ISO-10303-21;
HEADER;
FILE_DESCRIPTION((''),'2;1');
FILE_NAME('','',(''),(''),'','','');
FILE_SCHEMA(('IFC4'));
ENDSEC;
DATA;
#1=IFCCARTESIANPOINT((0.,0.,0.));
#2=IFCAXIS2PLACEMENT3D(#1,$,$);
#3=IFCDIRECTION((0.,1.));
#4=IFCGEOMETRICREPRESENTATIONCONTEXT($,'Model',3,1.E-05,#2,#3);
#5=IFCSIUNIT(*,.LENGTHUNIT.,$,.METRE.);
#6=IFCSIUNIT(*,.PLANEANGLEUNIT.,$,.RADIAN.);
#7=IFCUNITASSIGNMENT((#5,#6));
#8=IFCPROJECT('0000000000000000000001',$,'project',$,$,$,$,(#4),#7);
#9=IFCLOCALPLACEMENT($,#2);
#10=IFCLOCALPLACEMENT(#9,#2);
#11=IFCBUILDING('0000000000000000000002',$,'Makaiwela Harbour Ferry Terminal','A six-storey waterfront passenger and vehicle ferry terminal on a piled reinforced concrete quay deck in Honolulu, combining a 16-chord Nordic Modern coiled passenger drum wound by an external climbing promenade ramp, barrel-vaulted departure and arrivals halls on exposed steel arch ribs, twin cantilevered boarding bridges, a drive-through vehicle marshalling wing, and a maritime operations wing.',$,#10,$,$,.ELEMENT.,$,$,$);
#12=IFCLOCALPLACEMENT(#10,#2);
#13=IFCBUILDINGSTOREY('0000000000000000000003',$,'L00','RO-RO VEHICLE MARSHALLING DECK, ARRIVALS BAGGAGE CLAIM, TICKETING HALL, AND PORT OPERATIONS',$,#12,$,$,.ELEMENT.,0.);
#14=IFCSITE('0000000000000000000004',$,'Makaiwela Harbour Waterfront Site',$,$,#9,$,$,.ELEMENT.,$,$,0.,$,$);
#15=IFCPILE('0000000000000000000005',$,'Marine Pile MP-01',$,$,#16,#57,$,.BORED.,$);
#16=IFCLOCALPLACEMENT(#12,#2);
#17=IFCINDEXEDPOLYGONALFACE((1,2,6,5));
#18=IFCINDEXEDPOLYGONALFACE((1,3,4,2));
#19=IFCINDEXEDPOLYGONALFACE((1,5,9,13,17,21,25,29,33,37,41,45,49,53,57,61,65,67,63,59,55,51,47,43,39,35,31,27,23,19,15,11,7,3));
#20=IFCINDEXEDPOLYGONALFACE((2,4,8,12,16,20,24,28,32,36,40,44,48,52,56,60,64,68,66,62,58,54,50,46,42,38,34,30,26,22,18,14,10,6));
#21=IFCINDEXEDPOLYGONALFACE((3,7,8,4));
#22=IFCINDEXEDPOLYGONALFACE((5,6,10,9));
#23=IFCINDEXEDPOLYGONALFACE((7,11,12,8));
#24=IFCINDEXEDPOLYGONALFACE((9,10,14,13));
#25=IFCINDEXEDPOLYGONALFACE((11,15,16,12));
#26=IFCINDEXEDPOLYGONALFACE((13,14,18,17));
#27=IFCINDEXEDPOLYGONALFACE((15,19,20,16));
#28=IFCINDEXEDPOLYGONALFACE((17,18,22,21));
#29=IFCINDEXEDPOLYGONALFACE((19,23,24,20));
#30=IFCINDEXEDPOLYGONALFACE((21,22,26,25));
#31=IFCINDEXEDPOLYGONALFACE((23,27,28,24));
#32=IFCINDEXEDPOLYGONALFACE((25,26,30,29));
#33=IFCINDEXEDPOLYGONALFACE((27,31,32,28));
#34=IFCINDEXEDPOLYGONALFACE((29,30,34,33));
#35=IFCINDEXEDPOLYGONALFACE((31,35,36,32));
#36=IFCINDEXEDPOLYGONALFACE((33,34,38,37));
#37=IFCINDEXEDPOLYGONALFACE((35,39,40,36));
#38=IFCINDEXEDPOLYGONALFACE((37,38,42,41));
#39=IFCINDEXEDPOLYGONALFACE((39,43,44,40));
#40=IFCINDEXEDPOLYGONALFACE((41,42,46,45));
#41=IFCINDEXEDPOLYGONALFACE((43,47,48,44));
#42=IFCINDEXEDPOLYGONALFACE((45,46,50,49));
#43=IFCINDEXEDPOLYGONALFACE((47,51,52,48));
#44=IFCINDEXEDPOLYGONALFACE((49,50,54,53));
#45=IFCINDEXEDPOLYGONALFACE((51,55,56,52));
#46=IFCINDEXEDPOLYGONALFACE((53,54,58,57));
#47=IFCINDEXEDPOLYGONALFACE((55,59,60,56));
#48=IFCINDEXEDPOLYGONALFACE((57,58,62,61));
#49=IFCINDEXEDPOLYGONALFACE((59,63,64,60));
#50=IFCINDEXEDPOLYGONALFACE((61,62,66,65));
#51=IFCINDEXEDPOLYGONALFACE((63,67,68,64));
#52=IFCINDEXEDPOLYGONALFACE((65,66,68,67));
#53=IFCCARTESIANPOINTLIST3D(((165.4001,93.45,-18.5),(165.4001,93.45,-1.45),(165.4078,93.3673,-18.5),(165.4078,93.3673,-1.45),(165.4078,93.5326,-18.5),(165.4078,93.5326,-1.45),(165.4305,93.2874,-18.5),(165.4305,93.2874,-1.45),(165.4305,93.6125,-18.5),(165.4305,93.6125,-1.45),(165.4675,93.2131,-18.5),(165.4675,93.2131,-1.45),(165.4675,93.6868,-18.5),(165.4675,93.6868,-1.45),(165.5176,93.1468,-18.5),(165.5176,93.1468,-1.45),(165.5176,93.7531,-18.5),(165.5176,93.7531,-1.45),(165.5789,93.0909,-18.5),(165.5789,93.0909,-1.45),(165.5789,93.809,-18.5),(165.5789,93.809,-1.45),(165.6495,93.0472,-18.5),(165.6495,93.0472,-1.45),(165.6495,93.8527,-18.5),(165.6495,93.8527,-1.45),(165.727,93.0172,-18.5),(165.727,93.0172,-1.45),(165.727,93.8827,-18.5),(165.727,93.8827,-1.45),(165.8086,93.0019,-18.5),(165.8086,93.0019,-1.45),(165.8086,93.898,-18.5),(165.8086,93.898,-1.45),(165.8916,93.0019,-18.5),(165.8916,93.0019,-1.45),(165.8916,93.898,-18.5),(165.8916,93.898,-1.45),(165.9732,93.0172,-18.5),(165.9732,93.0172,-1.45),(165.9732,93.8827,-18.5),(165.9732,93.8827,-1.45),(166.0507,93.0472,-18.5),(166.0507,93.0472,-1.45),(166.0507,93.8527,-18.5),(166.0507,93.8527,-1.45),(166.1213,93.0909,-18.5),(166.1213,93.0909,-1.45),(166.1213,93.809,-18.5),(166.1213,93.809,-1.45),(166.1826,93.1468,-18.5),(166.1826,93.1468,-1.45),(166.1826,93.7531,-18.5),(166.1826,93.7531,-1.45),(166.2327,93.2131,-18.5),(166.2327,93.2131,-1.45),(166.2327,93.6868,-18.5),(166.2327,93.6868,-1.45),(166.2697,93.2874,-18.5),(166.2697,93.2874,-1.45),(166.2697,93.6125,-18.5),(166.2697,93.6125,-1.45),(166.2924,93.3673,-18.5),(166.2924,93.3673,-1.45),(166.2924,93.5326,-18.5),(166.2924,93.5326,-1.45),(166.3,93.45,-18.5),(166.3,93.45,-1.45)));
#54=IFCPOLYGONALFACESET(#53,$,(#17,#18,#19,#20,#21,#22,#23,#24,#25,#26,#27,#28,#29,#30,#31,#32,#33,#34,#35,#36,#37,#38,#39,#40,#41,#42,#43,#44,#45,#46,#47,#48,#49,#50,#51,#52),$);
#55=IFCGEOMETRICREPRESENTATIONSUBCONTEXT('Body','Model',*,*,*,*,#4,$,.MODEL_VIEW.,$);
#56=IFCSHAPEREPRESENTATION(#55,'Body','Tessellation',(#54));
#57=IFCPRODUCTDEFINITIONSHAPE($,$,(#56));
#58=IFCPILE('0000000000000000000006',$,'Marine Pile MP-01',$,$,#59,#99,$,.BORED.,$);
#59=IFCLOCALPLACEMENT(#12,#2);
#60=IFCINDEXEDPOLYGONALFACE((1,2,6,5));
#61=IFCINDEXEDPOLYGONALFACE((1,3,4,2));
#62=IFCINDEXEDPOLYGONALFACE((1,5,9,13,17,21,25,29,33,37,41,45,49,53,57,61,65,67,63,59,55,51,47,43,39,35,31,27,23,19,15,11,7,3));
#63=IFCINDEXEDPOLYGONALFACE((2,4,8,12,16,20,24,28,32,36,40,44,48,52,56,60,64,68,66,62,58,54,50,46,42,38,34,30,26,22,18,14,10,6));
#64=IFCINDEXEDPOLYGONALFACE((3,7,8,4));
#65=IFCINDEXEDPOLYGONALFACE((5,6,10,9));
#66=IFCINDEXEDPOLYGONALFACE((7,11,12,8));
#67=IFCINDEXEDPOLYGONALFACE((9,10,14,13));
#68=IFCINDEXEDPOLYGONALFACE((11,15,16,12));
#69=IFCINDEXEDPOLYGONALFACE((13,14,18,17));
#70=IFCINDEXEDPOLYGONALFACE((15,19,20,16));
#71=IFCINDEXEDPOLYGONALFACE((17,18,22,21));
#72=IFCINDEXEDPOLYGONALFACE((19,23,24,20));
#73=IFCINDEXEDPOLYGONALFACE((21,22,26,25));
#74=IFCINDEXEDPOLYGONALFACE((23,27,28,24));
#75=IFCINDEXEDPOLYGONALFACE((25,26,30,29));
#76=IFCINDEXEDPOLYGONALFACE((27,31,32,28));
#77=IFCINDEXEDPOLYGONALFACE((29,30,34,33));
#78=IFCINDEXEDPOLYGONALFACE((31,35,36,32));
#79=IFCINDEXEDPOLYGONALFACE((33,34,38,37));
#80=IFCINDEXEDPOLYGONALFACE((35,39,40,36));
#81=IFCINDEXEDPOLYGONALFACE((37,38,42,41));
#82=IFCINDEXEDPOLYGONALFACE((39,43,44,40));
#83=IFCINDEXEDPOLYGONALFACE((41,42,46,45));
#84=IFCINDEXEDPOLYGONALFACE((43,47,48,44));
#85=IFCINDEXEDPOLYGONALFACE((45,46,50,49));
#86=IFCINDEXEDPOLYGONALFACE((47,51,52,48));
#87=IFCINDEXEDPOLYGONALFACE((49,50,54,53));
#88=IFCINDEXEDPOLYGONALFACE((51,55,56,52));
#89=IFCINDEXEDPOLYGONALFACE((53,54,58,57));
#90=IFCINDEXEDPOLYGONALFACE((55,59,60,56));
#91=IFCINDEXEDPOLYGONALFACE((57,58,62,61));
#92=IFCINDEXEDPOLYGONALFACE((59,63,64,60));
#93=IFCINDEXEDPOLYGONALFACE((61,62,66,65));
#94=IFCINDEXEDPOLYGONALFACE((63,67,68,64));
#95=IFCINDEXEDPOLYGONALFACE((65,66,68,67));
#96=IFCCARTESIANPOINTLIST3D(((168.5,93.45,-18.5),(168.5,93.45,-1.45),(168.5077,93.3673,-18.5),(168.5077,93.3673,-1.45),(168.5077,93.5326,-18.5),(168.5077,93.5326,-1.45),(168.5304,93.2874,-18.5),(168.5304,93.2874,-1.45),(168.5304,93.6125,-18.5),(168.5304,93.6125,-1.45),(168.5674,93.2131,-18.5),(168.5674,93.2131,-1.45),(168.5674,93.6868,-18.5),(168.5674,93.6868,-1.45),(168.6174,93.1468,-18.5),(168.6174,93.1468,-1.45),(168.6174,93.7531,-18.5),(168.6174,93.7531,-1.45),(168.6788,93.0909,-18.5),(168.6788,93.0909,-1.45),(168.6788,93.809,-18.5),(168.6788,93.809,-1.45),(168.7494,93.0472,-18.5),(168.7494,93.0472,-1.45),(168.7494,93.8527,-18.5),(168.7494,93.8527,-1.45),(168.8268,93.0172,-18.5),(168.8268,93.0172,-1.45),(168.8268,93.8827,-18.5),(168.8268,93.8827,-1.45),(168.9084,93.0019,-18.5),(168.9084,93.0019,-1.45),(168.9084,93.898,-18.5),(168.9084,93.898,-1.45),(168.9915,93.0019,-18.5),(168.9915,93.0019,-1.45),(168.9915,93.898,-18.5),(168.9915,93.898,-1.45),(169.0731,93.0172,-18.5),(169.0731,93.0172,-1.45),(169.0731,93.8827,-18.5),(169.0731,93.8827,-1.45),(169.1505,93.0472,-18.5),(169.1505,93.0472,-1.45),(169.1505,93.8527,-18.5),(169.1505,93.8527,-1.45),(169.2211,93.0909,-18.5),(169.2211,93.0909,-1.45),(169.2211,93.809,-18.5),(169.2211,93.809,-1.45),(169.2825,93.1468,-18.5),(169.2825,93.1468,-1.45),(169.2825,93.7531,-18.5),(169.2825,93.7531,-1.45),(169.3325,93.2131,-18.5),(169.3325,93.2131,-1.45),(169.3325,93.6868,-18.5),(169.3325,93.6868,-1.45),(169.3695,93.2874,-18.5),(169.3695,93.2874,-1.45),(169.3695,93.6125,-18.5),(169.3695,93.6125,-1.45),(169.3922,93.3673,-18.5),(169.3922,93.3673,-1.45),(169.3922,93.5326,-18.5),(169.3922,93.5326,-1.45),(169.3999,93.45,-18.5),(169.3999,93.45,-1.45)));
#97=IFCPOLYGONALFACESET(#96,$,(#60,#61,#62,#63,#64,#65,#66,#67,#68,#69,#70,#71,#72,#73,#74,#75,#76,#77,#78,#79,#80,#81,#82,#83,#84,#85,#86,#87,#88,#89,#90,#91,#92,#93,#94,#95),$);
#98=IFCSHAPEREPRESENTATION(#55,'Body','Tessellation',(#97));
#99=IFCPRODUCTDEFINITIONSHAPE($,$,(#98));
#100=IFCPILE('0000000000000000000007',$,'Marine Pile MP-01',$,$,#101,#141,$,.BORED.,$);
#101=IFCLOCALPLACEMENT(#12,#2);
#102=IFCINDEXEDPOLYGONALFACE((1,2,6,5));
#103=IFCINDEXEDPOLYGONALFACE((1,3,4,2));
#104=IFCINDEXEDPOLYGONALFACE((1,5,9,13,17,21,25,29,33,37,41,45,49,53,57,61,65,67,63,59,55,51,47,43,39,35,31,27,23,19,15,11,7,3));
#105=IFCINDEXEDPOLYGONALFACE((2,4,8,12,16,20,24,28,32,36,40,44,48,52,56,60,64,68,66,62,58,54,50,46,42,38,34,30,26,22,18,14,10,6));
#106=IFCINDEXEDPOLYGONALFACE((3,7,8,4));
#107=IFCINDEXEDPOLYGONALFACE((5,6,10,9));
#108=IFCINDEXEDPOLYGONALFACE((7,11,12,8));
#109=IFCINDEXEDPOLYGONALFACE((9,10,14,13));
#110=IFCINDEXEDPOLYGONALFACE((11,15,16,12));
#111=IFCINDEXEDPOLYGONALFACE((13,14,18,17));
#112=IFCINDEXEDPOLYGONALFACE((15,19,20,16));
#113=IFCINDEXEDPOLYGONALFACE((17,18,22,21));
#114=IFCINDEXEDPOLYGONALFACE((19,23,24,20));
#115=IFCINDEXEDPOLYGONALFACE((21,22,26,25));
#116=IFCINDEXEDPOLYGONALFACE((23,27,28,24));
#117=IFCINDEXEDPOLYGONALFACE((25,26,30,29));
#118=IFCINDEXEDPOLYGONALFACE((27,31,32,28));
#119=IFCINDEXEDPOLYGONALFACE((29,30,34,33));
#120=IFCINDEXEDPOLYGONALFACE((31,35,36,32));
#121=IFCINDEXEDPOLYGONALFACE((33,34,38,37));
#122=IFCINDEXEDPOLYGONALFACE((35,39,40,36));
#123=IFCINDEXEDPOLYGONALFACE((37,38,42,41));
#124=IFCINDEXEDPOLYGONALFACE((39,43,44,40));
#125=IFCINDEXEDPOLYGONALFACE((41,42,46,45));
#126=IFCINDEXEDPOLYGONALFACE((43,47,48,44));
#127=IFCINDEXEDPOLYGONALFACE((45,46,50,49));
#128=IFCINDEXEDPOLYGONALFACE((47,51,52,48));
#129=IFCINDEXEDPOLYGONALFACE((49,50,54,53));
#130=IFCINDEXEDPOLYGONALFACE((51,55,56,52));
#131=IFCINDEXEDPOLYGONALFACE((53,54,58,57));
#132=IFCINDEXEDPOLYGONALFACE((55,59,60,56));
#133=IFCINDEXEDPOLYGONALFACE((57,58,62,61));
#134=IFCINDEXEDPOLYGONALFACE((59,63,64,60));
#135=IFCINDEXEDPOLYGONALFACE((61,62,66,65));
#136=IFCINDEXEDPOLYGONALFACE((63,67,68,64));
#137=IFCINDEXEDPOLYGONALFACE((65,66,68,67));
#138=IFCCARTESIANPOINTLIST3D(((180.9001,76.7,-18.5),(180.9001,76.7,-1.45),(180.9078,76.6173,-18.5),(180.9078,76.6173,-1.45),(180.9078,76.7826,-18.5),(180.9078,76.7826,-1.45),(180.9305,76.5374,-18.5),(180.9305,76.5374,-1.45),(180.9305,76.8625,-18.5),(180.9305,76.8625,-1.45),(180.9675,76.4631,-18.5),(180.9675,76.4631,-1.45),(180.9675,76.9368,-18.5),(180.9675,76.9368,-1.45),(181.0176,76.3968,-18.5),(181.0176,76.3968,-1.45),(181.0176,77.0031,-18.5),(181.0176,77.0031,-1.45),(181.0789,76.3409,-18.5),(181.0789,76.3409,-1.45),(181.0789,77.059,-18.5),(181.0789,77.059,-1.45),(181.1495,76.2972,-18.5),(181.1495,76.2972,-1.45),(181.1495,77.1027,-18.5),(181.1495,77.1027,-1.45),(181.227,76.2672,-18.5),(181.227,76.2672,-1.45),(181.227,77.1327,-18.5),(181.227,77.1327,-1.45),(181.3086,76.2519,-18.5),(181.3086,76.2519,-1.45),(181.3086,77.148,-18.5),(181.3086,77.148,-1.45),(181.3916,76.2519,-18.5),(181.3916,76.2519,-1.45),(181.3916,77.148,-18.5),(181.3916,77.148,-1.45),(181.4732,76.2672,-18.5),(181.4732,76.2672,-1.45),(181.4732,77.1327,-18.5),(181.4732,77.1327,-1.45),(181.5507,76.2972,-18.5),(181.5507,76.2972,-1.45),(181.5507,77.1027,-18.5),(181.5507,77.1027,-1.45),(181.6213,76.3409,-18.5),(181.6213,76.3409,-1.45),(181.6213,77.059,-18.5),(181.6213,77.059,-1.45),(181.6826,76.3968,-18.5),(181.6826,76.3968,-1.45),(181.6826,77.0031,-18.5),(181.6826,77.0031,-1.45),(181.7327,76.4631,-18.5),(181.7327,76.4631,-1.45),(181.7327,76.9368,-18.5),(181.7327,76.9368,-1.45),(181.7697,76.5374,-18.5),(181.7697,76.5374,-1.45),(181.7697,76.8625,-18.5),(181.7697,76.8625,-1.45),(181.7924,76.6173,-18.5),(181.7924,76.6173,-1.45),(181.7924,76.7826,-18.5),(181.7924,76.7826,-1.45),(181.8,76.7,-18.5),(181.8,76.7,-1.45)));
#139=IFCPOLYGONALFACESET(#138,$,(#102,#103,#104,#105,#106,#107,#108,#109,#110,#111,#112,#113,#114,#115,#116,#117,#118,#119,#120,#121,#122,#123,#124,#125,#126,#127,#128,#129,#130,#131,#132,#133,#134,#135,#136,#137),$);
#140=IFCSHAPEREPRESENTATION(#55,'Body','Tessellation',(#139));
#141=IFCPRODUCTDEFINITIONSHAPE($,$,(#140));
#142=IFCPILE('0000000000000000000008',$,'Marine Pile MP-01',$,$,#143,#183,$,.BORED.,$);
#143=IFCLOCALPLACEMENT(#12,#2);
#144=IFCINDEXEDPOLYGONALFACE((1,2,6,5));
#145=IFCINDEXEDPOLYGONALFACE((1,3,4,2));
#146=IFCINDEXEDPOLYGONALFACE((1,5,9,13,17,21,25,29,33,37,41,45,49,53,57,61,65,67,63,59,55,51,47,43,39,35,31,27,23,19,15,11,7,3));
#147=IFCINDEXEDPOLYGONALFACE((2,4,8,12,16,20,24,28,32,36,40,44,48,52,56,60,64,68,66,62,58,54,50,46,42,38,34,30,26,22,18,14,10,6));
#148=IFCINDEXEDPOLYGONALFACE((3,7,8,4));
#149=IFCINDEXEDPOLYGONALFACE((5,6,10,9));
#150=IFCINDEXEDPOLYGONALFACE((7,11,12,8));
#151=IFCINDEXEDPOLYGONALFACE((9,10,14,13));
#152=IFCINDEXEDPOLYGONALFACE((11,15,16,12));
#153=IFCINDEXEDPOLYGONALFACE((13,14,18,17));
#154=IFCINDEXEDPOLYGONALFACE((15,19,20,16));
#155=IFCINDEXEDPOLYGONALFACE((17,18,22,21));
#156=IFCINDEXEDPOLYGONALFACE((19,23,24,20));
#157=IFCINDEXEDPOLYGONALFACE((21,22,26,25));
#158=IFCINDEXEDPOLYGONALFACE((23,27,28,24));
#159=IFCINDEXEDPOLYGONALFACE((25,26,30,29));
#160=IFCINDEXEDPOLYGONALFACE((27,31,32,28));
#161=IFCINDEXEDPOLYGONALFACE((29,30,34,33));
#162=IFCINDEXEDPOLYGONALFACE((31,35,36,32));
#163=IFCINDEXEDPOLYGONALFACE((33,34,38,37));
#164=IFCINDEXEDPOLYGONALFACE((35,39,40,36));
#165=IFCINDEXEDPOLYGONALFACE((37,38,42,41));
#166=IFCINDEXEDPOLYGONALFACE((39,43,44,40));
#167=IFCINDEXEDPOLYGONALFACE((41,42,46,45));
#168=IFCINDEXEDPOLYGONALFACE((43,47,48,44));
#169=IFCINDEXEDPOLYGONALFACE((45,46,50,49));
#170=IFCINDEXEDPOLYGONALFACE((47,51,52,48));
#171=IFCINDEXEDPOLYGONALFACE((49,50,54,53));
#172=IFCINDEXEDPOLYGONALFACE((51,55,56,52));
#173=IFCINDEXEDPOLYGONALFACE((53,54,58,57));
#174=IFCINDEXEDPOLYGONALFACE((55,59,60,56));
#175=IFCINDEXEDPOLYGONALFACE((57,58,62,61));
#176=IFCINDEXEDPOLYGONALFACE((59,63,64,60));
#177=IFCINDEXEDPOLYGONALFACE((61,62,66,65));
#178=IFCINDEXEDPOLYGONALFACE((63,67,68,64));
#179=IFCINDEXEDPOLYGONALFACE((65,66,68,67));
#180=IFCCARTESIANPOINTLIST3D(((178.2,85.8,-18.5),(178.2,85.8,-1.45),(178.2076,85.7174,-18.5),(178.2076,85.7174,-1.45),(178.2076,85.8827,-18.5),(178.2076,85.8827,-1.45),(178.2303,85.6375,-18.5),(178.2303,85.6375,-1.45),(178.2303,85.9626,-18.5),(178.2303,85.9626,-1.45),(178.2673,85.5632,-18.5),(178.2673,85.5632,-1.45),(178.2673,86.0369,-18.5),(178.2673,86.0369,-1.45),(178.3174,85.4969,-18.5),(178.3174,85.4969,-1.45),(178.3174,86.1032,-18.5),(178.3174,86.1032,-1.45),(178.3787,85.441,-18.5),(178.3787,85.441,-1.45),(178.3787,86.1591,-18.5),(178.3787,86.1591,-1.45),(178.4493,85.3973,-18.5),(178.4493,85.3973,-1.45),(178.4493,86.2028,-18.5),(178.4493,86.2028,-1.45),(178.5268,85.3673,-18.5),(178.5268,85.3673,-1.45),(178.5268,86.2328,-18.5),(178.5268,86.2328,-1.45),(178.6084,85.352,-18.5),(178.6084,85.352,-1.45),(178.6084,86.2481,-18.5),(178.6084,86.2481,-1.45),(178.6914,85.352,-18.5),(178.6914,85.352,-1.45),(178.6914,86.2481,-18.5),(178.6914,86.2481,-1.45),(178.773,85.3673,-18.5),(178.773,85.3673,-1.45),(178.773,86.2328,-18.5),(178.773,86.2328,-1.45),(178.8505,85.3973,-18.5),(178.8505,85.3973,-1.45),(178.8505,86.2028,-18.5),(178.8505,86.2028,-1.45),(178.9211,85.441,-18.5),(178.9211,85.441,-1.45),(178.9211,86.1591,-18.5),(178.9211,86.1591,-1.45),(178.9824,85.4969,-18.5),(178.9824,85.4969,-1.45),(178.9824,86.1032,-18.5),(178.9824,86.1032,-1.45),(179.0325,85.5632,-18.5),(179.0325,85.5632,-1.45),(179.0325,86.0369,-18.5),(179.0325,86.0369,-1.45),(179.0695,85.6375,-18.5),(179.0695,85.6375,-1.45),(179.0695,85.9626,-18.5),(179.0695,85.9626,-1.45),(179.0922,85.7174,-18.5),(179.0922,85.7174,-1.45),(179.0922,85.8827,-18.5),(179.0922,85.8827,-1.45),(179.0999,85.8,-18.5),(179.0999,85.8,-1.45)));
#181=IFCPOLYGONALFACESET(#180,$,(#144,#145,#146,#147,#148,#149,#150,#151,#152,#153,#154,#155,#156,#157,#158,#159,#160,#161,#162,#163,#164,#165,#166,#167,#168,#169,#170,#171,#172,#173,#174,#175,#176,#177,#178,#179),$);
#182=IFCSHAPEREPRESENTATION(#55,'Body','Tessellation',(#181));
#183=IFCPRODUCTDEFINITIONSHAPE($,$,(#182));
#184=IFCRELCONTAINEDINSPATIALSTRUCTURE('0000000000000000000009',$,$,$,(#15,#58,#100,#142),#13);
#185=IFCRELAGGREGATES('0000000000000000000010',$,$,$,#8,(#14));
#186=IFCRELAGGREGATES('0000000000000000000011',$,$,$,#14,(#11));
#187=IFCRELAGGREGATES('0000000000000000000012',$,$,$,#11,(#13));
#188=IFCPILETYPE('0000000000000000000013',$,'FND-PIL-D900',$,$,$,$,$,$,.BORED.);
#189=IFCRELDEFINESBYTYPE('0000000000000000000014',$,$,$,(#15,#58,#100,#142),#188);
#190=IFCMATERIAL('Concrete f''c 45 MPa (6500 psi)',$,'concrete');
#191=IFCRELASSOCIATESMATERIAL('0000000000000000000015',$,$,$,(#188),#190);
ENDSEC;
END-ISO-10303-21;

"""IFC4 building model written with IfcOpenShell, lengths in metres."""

from ifc_helpers import new_model, si_unit, direction, frame, origin, origin_2d, place, context, subcontext, project, spatial, circle, extrude, material, material_profile, profile_set, type_object, element, save


model = new_model("IFC4")

# Units and contexts
model_context = context("Model", 3, precision=1e-05, world=origin(), true_north=direction((0.0, 1.0)))
body_context = subcontext(model_context, "Body", "Model", "MODEL_VIEW")
ifc_project = project(units=[si_unit("LENGTHUNIT", "METRE"), si_unit("PLANEANGLEUNIT", "RADIAN")], contexts=[model_context])

# Site, building, storey
site_placement = place(None, origin())
site = spatial("IfcSite", under=ifc_project, at=site_placement, Name="Makaiwela Harbour Waterfront Site", CompositionType="ELEMENT", RefElevation=0.0)
building_placement = place(site_placement, origin())
building = spatial("IfcBuilding", under=site, at=building_placement, Name="Makaiwela Harbour Ferry Terminal", Description="A six-storey waterfront passenger and vehicle ferry terminal on a piled reinforced concrete quay deck in Honolulu, combining a 16-chord Nordic Modern coiled passenger drum wound by an external climbing promenade ramp, barrel-vaulted departure and arrivals halls on exposed steel arch ribs, twin cantilevered boarding bridges, a drive-through vehicle marshalling wing, and a maritime operations wing.", CompositionType="ELEMENT")
storey_placement = place(building_placement, origin())
storey = spatial("IfcBuildingStorey", under=building, at=storey_placement, Name="L00", Description="RO-RO VEHICLE MARSHALLING DECK, ARRIVALS BAGGAGE CLAIM, TICKETING HALL, AND PORT OPERATIONS", CompositionType="ELEMENT", Elevation=0.0)

# Shared definitions
ifc_material_1 = material(Name="Concrete f'c 45 MPa (6500 psi)", Category="concrete")

# Piles
ifc_material_profile_1 = material_profile(ifc_material_1, circle(Radius=0.45, at=origin_2d()), Name="PILE-D900")
ifc_profile_set_1 = profile_set([ifc_material_profile_1], Name="Concrete f'c 45 MPa (6500 psi)")
pile_type = type_object("IfcPileType", Name="FND-PIL-D900", PredefinedType="BORED", material=ifc_profile_set_1)
for number, where, z_axis, x_axis, name in (
    (1, (165.8501, 93.45, -1.45), (0.0, 0.0, -1.0), (1.0, 0.0, 0.0), "Marine Pile MP-01"),
    (2, (168.95, 93.45, -1.45), (0.0, 0.0, -1.0), (1.0, 0.0, 0.0), "Marine Pile MP-01"),
    (3, (181.3501, 76.7, -1.45), (0.0, 0.0, -1.0), (1.0, 0.0, 0.0), "Marine Pile MP-01"),
    (4, (178.6499, 85.8, -1.45), (0.0, 0.0, -1.0), (1.0, 0.0, 0.0), "Marine Pile MP-01"),
):
    element("IfcPile", number, at=place(storey_placement, frame(where, z_axis=z_axis, x_axis=x_axis)), inside=storey, type_object=pile_type, Name=name, PredefinedType="BORED", context=body_context, shape_type="SweptSolid", body=[
        extrude(circle(Radius=0.45, at=origin_2d()), origin(), (0.0, 0.0, 1.0), 17.05),
    ])

save(model, "model.ifc")
